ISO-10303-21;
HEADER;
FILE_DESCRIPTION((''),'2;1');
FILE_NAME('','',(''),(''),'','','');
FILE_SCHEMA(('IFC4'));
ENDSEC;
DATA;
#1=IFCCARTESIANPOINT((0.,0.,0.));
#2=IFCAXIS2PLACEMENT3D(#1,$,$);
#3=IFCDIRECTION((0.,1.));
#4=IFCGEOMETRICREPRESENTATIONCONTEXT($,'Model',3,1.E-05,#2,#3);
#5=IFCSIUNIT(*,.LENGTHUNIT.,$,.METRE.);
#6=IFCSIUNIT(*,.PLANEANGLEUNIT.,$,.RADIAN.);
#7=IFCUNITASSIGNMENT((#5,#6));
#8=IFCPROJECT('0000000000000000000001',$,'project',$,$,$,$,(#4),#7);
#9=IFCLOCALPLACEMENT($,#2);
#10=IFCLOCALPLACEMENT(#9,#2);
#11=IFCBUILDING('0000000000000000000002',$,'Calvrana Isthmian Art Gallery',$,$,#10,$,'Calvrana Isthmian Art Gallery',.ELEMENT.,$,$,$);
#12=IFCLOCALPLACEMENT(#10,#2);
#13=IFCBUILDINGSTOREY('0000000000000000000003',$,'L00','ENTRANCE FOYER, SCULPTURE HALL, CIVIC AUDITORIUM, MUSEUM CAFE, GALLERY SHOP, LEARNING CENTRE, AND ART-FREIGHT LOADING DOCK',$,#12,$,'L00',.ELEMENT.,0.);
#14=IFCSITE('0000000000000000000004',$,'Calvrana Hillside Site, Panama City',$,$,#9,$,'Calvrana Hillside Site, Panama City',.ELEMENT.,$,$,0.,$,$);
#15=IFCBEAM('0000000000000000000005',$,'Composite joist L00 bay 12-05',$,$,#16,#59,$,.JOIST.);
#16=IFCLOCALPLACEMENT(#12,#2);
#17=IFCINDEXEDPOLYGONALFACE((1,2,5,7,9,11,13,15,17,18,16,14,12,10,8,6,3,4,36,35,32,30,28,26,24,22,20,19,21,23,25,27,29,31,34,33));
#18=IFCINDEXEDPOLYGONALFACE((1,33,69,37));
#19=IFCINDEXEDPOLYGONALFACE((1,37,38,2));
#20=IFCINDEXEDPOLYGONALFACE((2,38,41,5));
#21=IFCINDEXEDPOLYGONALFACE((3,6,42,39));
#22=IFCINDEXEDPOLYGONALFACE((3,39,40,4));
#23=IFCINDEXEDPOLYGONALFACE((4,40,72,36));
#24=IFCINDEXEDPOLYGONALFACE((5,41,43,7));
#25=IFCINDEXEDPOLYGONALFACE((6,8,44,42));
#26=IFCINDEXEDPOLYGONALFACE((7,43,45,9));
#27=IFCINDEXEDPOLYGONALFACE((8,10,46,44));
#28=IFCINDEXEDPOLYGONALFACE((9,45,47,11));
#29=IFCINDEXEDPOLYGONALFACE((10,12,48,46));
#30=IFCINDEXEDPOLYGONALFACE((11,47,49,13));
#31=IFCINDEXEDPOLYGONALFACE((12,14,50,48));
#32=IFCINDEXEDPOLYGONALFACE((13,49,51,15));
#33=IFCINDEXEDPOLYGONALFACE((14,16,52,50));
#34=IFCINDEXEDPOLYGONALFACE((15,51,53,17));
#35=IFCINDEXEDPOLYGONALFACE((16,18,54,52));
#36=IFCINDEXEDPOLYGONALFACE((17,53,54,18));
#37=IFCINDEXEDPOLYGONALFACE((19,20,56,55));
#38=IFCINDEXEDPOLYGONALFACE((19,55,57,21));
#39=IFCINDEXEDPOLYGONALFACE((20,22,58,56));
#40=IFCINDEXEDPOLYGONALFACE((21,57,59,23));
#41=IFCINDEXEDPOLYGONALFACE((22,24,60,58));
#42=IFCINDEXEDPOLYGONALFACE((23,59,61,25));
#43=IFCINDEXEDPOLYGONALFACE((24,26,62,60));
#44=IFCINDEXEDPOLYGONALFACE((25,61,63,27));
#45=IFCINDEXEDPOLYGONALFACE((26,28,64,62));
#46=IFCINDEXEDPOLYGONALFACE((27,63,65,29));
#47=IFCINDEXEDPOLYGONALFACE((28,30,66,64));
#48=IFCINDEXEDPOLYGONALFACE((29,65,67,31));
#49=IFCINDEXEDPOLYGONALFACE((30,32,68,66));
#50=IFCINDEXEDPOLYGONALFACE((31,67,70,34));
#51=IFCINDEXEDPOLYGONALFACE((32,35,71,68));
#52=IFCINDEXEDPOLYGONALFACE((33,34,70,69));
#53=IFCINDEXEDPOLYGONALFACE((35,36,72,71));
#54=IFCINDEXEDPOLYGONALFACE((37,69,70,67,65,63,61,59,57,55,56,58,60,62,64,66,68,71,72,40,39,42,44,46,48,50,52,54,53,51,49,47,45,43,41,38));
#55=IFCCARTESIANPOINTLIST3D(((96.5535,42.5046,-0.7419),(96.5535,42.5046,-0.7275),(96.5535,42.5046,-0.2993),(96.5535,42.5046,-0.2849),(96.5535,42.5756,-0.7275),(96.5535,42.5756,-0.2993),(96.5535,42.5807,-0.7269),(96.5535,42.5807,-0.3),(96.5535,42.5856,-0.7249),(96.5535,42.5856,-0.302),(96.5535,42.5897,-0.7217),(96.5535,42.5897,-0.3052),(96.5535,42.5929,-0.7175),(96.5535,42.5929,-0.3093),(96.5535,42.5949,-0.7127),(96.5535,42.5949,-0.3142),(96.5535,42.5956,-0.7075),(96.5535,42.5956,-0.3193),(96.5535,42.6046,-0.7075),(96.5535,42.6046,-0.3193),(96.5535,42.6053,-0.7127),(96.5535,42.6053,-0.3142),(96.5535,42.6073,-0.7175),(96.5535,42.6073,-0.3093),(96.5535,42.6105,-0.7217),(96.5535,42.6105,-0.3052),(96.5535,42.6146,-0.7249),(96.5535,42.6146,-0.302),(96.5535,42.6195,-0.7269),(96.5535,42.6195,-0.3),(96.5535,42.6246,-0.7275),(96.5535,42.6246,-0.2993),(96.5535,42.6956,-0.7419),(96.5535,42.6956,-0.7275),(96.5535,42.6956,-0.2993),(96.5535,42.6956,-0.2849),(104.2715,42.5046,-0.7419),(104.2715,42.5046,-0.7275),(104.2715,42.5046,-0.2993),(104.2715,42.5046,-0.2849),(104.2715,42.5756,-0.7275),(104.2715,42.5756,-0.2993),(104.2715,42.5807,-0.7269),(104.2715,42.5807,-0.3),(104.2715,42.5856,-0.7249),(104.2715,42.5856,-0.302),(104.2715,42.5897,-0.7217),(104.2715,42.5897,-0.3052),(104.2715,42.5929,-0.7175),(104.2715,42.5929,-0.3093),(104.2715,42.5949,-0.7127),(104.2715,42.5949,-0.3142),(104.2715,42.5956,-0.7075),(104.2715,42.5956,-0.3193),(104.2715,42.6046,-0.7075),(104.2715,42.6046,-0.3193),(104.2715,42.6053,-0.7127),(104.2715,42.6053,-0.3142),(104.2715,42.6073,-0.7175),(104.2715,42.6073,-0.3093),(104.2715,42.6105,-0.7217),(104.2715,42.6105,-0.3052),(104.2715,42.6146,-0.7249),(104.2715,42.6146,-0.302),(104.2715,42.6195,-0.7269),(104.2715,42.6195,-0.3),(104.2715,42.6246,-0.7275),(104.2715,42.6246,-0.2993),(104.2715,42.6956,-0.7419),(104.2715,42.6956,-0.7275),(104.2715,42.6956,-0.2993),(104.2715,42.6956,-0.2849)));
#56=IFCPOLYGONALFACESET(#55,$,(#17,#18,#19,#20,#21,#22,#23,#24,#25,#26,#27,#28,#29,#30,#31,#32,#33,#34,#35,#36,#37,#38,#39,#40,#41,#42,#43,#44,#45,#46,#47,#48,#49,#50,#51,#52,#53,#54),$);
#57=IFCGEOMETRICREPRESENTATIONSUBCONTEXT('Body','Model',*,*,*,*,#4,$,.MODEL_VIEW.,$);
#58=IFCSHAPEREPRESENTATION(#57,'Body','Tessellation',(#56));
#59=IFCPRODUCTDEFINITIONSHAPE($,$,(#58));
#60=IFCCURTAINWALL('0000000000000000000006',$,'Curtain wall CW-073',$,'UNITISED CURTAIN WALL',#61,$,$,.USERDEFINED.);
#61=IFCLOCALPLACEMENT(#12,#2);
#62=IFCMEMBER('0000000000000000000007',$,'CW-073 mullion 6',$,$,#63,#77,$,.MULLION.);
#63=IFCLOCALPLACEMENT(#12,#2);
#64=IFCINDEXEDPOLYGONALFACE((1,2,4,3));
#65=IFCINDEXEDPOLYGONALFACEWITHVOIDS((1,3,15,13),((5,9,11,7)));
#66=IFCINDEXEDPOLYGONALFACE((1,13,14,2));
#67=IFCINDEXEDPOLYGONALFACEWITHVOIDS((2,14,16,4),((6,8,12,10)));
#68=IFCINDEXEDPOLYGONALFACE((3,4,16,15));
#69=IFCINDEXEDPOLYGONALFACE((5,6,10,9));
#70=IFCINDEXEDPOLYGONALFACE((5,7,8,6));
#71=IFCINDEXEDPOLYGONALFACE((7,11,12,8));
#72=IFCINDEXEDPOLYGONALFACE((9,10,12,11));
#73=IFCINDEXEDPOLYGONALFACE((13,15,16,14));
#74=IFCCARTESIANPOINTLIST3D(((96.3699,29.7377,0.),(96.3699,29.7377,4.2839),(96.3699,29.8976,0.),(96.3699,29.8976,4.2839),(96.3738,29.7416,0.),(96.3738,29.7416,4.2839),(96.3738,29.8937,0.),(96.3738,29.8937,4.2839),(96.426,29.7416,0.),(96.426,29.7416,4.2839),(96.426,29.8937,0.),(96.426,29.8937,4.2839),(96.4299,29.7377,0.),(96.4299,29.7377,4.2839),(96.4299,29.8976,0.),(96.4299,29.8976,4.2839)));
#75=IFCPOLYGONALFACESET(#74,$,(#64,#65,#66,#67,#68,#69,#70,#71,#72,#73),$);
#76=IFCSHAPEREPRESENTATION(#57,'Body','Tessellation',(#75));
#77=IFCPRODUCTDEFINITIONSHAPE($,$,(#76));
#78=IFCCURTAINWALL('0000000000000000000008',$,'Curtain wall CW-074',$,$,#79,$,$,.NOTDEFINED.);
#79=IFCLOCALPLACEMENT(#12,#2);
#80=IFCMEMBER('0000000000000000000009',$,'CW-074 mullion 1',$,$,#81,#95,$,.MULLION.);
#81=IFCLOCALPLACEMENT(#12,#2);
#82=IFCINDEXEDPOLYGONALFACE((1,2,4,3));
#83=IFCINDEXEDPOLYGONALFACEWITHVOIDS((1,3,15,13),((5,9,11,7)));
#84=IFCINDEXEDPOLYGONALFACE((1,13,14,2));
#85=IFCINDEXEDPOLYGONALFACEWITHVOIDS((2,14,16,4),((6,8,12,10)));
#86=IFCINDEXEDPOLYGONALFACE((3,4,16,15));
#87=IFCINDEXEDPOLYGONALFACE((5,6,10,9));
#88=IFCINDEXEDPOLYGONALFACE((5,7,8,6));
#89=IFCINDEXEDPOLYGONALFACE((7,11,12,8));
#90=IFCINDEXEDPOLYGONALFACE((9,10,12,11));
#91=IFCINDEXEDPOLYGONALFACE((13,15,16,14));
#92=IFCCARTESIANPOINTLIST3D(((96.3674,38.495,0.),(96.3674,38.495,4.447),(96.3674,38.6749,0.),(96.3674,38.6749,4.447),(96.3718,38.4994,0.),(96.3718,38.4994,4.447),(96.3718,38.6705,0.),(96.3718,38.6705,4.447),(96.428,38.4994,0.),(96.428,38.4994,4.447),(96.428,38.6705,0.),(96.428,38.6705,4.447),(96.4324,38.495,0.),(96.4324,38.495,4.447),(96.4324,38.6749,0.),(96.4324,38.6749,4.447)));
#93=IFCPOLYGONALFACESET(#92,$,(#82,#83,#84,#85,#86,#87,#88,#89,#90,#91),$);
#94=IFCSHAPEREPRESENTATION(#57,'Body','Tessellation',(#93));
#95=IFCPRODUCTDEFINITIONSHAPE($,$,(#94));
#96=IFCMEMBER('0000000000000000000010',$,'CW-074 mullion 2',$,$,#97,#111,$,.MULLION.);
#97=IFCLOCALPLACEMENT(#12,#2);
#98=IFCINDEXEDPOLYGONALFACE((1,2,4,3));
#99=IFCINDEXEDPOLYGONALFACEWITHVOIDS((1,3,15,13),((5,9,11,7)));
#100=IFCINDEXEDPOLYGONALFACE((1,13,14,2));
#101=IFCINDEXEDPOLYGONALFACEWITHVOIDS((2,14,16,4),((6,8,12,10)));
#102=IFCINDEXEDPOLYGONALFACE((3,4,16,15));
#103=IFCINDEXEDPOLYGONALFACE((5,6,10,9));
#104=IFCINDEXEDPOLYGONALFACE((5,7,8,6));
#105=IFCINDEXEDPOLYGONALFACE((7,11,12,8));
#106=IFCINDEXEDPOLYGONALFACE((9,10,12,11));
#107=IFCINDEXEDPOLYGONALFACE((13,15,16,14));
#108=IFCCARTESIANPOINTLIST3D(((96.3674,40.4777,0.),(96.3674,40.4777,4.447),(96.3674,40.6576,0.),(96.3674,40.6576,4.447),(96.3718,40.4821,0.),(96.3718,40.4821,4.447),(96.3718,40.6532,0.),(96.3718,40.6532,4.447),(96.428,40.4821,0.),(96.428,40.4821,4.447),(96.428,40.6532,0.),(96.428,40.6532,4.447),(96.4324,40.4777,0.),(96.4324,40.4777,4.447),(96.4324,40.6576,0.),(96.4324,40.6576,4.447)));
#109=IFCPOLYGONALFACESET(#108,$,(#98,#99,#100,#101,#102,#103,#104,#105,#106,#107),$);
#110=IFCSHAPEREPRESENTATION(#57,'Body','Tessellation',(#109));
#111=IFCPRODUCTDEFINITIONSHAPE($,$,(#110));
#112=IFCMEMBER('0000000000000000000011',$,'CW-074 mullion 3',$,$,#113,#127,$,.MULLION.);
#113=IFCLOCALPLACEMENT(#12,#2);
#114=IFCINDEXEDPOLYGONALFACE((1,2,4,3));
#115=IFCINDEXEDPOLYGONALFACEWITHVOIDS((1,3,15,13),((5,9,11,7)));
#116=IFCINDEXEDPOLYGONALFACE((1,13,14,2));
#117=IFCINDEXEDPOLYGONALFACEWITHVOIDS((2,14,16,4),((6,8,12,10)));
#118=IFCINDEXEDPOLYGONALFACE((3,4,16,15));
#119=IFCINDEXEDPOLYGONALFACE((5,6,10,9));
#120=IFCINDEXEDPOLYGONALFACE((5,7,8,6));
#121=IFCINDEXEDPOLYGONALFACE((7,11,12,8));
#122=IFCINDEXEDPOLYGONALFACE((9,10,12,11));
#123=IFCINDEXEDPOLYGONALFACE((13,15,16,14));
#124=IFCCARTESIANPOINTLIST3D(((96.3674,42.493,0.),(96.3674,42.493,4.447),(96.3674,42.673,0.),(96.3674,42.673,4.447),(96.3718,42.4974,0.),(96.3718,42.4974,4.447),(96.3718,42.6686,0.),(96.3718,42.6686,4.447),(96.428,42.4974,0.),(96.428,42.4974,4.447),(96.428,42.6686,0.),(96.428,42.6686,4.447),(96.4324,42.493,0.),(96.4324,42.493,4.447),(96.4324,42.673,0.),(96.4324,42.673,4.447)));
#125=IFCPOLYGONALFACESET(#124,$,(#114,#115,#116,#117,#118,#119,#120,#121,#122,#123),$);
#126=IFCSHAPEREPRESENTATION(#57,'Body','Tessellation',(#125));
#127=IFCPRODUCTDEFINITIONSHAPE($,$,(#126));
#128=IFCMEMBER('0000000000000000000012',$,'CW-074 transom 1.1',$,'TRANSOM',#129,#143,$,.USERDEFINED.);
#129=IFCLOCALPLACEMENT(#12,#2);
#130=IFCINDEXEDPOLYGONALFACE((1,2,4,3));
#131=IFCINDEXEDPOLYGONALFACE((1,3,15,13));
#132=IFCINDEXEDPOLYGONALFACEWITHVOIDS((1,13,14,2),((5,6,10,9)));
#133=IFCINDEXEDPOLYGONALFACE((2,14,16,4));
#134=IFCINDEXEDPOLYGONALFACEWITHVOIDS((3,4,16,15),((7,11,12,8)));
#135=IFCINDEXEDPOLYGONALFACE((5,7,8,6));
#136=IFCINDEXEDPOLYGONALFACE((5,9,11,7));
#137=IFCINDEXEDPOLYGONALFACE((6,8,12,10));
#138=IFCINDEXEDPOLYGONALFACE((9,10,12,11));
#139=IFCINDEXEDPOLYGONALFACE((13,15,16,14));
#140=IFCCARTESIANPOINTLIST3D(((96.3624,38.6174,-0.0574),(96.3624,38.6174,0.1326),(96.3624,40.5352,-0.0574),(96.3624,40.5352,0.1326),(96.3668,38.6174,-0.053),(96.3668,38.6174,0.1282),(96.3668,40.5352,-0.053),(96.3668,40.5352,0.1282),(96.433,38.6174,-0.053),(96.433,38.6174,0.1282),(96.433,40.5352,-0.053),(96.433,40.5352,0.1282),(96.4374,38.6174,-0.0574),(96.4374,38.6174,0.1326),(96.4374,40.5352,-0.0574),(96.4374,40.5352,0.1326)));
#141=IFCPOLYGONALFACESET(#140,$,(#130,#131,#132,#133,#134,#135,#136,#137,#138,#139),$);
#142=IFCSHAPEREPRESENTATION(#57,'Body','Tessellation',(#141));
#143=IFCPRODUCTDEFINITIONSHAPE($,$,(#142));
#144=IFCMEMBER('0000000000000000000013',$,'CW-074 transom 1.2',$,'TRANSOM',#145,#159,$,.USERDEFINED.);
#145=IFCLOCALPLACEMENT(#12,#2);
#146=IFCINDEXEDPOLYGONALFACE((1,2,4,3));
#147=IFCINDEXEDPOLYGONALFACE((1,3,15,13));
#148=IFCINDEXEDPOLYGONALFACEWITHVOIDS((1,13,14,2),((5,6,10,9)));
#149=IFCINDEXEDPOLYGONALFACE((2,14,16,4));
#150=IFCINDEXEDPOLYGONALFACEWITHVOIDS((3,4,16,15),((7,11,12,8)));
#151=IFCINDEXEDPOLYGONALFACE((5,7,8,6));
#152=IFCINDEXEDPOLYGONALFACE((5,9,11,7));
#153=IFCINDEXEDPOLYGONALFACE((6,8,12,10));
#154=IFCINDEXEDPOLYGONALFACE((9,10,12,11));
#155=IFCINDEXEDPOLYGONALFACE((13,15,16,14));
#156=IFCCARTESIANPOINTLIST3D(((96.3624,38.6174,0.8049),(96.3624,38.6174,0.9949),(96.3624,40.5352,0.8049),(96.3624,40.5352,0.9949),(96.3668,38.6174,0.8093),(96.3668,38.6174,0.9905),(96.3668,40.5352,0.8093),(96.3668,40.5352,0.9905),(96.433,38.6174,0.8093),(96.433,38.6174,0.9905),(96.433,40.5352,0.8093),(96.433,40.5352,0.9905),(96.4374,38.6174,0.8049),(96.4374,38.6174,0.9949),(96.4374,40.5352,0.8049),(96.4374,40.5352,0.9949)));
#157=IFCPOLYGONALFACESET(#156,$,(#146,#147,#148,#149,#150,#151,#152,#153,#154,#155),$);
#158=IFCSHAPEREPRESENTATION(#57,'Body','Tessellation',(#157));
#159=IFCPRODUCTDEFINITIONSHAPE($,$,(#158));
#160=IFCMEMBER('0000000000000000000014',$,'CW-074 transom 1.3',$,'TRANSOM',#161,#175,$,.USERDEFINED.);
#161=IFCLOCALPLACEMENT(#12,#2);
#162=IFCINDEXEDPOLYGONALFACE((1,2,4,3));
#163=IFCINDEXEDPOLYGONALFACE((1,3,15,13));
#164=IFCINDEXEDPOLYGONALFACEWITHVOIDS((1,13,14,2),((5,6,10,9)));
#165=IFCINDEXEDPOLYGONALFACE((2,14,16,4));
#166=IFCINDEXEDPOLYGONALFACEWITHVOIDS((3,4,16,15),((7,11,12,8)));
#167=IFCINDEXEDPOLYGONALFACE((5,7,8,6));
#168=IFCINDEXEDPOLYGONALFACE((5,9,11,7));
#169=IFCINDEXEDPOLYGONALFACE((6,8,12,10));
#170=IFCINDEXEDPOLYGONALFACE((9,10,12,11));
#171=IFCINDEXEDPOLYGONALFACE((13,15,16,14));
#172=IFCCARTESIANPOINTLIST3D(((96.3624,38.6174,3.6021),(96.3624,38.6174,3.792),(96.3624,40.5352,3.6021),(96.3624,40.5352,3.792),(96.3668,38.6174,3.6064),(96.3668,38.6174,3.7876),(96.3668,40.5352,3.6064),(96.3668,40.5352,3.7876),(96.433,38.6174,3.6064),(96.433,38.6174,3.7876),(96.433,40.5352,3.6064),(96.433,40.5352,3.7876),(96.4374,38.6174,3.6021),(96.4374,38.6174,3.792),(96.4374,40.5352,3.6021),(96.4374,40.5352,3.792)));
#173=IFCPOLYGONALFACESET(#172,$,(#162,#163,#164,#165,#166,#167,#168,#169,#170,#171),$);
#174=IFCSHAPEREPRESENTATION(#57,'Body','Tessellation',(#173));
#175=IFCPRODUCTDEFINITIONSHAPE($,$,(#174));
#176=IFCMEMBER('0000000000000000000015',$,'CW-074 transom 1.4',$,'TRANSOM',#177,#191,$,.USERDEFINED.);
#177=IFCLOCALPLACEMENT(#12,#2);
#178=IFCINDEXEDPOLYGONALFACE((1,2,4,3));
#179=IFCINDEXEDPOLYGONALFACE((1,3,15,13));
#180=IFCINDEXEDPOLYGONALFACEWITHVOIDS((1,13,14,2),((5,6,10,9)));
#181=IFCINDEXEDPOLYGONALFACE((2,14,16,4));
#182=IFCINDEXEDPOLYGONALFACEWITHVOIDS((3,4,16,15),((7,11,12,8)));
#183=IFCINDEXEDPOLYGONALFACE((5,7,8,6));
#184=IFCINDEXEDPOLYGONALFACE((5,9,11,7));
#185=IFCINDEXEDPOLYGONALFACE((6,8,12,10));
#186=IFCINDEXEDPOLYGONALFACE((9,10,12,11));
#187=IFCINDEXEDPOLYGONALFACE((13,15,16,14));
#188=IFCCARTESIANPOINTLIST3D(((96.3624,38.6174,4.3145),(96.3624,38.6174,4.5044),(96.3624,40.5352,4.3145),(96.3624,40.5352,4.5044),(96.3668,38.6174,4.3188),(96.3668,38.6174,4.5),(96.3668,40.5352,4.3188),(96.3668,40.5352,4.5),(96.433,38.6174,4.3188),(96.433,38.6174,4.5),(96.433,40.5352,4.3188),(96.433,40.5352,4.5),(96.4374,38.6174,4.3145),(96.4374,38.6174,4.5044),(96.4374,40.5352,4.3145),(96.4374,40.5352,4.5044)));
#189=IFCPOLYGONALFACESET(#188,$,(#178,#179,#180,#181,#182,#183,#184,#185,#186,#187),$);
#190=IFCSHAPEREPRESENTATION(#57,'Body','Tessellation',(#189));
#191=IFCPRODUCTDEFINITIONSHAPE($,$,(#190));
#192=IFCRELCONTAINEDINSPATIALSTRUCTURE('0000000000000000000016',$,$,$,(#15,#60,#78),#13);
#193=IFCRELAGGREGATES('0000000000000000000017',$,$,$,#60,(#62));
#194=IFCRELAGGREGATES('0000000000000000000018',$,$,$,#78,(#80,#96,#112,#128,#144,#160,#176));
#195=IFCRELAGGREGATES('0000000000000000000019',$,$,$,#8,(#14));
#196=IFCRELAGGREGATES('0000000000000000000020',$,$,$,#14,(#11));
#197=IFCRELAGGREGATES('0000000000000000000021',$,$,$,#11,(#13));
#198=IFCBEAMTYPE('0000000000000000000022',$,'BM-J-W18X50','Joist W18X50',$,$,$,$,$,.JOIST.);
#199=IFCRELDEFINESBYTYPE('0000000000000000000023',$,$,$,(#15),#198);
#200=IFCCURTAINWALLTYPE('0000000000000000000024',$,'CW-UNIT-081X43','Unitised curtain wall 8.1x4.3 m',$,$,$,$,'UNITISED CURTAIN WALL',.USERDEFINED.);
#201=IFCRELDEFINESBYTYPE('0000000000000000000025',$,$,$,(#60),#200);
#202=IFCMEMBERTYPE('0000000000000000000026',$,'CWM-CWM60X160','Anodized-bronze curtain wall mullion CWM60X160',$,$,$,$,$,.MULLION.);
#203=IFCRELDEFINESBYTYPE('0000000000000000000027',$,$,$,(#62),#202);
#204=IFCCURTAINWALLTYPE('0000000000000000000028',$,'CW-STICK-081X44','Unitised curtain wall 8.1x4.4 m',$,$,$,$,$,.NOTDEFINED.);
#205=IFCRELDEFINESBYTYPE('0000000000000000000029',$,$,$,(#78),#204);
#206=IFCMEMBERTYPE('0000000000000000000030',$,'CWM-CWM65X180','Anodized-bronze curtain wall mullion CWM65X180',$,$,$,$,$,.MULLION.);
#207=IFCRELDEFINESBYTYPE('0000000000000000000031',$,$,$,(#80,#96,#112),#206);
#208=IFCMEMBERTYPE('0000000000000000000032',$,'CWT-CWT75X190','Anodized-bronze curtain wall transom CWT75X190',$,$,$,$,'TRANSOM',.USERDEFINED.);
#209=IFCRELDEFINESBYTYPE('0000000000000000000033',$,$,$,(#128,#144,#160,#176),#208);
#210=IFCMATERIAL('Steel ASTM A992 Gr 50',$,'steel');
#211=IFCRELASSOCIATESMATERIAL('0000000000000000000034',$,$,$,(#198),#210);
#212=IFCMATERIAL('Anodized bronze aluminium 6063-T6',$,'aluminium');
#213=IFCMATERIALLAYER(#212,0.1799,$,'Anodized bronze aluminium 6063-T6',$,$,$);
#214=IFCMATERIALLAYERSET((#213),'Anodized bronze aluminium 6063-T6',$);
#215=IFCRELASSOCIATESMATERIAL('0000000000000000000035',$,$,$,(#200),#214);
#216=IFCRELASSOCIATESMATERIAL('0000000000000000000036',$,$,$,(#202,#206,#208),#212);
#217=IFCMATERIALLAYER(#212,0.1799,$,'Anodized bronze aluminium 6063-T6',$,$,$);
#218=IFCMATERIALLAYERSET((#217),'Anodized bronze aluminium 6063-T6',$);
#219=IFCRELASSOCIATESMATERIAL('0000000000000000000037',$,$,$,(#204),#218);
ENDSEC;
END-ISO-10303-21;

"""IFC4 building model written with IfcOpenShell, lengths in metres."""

from ifc_helpers import new_model, si_unit, direction, frame, origin, origin_2d, place, context, subcontext, project, spatial, hollow_rectangle, i_section, extrude, material, layer, layer_set, material_profile, profile_set, type_object, element, aggregate, save


model = new_model("IFC4")

# Units and contexts
model_context = context("Model", 3, precision=1e-05, world=origin(), true_north=direction((0.0, 1.0)))
body_context = subcontext(model_context, "Body", "Model", "MODEL_VIEW")
ifc_project = project(units=[si_unit("LENGTHUNIT", "METRE"), si_unit("PLANEANGLEUNIT", "RADIAN")], contexts=[model_context])

# Site, building, storey
site_placement = place(None, origin())
site = spatial("IfcSite", under=ifc_project, at=site_placement, Name="Calvrana Hillside Site, Panama City", LongName="Calvrana Hillside Site, Panama City", CompositionType="ELEMENT", RefElevation=0.0)
building_placement = place(site_placement, origin())
building = spatial("IfcBuilding", under=site, at=building_placement, Name="Calvrana Isthmian Art Gallery", LongName="Calvrana Isthmian Art Gallery", CompositionType="ELEMENT")
storey_placement = place(building_placement, origin())
storey = spatial("IfcBuildingStorey", under=building, at=storey_placement, Name="L00", Description="ENTRANCE FOYER, SCULPTURE HALL, CIVIC AUDITORIUM, MUSEUM CAFE, GALLERY SHOP, LEARNING CENTRE, AND ART-FREIGHT LOADING DOCK", LongName="L00", CompositionType="ELEMENT", Elevation=0.0)

# Beam
ifc_material_1 = material(Name="Steel ASTM A992 Gr 50", Category="steel")
ifc_material_profile_1 = material_profile(ifc_material_1, i_section(OverallWidth=0.1909, OverallDepth=0.457, WebThickness=0.009, FlangeThickness=0.0144, FilletRadius=0.02, at=origin_2d()), Name="W18X50")
ifc_profile_set_1 = profile_set([ifc_material_profile_1], Name="Steel ASTM A992 Gr 50")
beam_type_1 = type_object("IfcBeamType", Name="BM-J-W18X50", Description="Joist W18X50", PredefinedType="JOIST", material=ifc_profile_set_1)
beam_1_placement = place(storey_placement, frame((96.5535, 42.6001, -0.5134), z_axis=(1.0, 0.0, 0.0), x_axis=(0.0, 1.0, 0.0)))
element("IfcBeam", 1, at=beam_1_placement, inside=storey, type_object=beam_type_1, Name="Composite joist L00 bay 12-05", PredefinedType="JOIST", context=body_context, shape_type="SweptSolid", body=[
    extrude(i_section(OverallWidth=0.1909, OverallDepth=0.457, WebThickness=0.009, FlangeThickness=0.0144, FilletRadius=0.02, at=origin_2d()), origin(), (0.0, 0.0, 1.0), 7.718),
])

# Curtain wall, member
ifc_material_2 = material(Name="Anodized bronze aluminium 6063-T6", Category="aluminium")
ifc_layer_1 = layer(ifc_material_2, 0.1799, Name="Anodized bronze aluminium 6063-T6")
ifc_layer_set_1 = layer_set([ifc_layer_1], Name="Anodized bronze aluminium 6063-T6")
curtain_wall_type_1 = type_object("IfcCurtainWallType", Name="CW-UNIT-081X43", Description="Unitised curtain wall 8.1x4.3 m", ElementType="UNITISED CURTAIN WALL", PredefinedType="USERDEFINED", material=ifc_layer_set_1)
curtain_wall_1_placement = place(storey_placement, origin())
curtain_wall_1 = element("IfcCurtainWall", 2, at=curtain_wall_1_placement, inside=storey, type_object=curtain_wall_type_1, Name="Curtain wall CW-073", ObjectType="UNITISED CURTAIN WALL", PredefinedType="USERDEFINED")
ifc_material_profile_2 = material_profile(ifc_material_2, hollow_rectangle(XDim=0.0601, YDim=0.1599, WallThickness=0.0039, at=origin_2d()), Name="CWM60X160")
ifc_profile_set_2 = profile_set([ifc_material_profile_2], Name="Anodized bronze aluminium 6063-T6")
member_type_1 = type_object("IfcMemberType", Name="CWM-CWM60X160", Description="Anodized-bronze curtain wall mullion CWM60X160", PredefinedType="MULLION", material=ifc_profile_set_2)
member_1_placement = place(storey_placement, frame((96.3999, 29.8176, 0.0), z_axis=(0.0, 0.0, 1.0), x_axis=(-1.0, 0.0, 0.0)))
member_1 = element("IfcMember", 3, at=member_1_placement, type_object=member_type_1, Name="CW-073 mullion 6", PredefinedType="MULLION", context=body_context, shape_type="SweptSolid", body=[
    extrude(hollow_rectangle(XDim=0.0601, YDim=0.1599, WallThickness=0.0039, at=origin_2d()), origin(), (0.0, 0.0, 1.0), 4.2839),
])
aggregate(curtain_wall_1, [member_1])

# Curtain wall, members
ifc_layer_2 = layer(ifc_material_2, 0.1799, Name="Anodized bronze aluminium 6063-T6")
ifc_layer_set_2 = layer_set([ifc_layer_2], Name="Anodized bronze aluminium 6063-T6")
curtain_wall_type_2 = type_object("IfcCurtainWallType", Name="CW-STICK-081X44", Description="Unitised curtain wall 8.1x4.4 m", PredefinedType="NOTDEFINED", material=ifc_layer_set_2)
curtain_wall_2_placement = place(storey_placement, origin())
curtain_wall_2 = element("IfcCurtainWall", 4, at=curtain_wall_2_placement, inside=storey, type_object=curtain_wall_type_2, Name="Curtain wall CW-074", PredefinedType="NOTDEFINED")
ifc_material_profile_3 = material_profile(ifc_material_2, hollow_rectangle(XDim=0.0649, YDim=0.1799, WallThickness=0.0044, at=origin_2d()), Name="CWM65X180")
ifc_profile_set_3 = profile_set([ifc_material_profile_3], Name="Anodized bronze aluminium 6063-T6")
member_type_2 = type_object("IfcMemberType", Name="CWM-CWM65X180", Description="Anodized-bronze curtain wall mullion CWM65X180", PredefinedType="MULLION", material=ifc_profile_set_3)
member_2_placement = place(storey_placement, frame((96.3999, 38.585, 0.0), z_axis=(0.0, 0.0, 1.0), x_axis=(-1.0, 0.0, 0.0)))
member_2 = element("IfcMember", 5, at=member_2_placement, type_object=member_type_2, Name="CW-074 mullion 1", PredefinedType="MULLION", context=body_context, shape_type="SweptSolid", body=[
    extrude(hollow_rectangle(XDim=0.0649, YDim=0.1799, WallThickness=0.0044, at=origin_2d()), origin(), (0.0, 0.0, 1.0), 4.447),
])
member_3_placement = place(storey_placement, frame((96.3999, 40.5676, 0.0), z_axis=(0.0, 0.0, 1.0), x_axis=(-1.0, 0.0, 0.0)))
member_3 = element("IfcMember", 6, at=member_3_placement, type_object=member_type_2, Name="CW-074 mullion 2", PredefinedType="MULLION", context=body_context, shape_type="SweptSolid", body=[
    extrude(hollow_rectangle(XDim=0.0649, YDim=0.1799, WallThickness=0.0044, at=origin_2d()), origin(), (0.0, 0.0, 1.0), 4.447),
])
member_4_placement = place(storey_placement, frame((96.3999, 42.583, 0.0), z_axis=(0.0, 0.0, 1.0), x_axis=(-1.0, 0.0, 0.0)))
member_4 = element("IfcMember", 7, at=member_4_placement, type_object=member_type_2, Name="CW-074 mullion 3", PredefinedType="MULLION", context=body_context, shape_type="SweptSolid", body=[
    extrude(hollow_rectangle(XDim=0.0649, YDim=0.1799, WallThickness=0.0044, at=origin_2d()), origin(), (0.0, 0.0, 1.0), 4.447),
])
ifc_material_profile_4 = material_profile(ifc_material_2, hollow_rectangle(XDim=0.075, YDim=0.1899, WallThickness=0.0044, at=origin_2d()), Name="CWT75X190")
ifc_profile_set_4 = profile_set([ifc_material_profile_4], Name="Anodized bronze aluminium 6063-T6")
member_type_3 = type_object("IfcMemberType", Name="CWT-CWT75X190", Description="Anodized-bronze curtain wall transom CWT75X190", ElementType="TRANSOM", PredefinedType="USERDEFINED", material=ifc_profile_set_4)
member_5_placement = place(storey_placement, frame((96.3999, 38.6174, 0.0376), z_axis=(0.0, 1.0, 0.0), x_axis=(-1.0, 0.0, 0.0)))
member_5 = element("IfcMember", 8, at=member_5_placement, type_object=member_type_3, Name="CW-074 transom 1.1", ObjectType="TRANSOM", PredefinedType="USERDEFINED", context=body_context, shape_type="SweptSolid", body=[
    extrude(hollow_rectangle(XDim=0.075, YDim=0.1899, WallThickness=0.0044, at=origin_2d()), origin(), (0.0, 0.0, 1.0), 1.9177),
])
member_6_placement = place(storey_placement, frame((96.3999, 38.6174, 0.8999), z_axis=(0.0, 1.0, 0.0), x_axis=(-1.0, 0.0, 0.0)))
member_6 = element("IfcMember", 9, at=member_6_placement, type_object=member_type_3, Name="CW-074 transom 1.2", ObjectType="TRANSOM", PredefinedType="USERDEFINED", context=body_context, shape_type="SweptSolid", body=[
    extrude(hollow_rectangle(XDim=0.075, YDim=0.1899, WallThickness=0.0044, at=origin_2d()), origin(), (0.0, 0.0, 1.0), 1.9177),
])
member_7_placement = place(storey_placement, frame((96.3999, 38.6174, 3.697), z_axis=(0.0, 1.0, 0.0), x_axis=(-1.0, 0.0, 0.0)))
member_7 = element("IfcMember", 10, at=member_7_placement, type_object=member_type_3, Name="CW-074 transom 1.3", ObjectType="TRANSOM", PredefinedType="USERDEFINED", context=body_context, shape_type="SweptSolid", body=[
    extrude(hollow_rectangle(XDim=0.075, YDim=0.1899, WallThickness=0.0044, at=origin_2d()), origin(), (0.0, 0.0, 1.0), 1.9177),
])
member_8_placement = place(storey_placement, frame((96.3999, 38.6174, 4.4094), z_axis=(0.0, 1.0, 0.0), x_axis=(-1.0, 0.0, 0.0)))
member_8 = element("IfcMember", 11, at=member_8_placement, type_object=member_type_3, Name="CW-074 transom 1.4", ObjectType="TRANSOM", PredefinedType="USERDEFINED", context=body_context, shape_type="SweptSolid", body=[
    extrude(hollow_rectangle(XDim=0.075, YDim=0.1899, WallThickness=0.0044, at=origin_2d()), origin(), (0.0, 0.0, 1.0), 1.9177),
])
aggregate(curtain_wall_2, [member_2, member_3, member_4, member_5, member_6, member_7, member_8])

save(model, "model.ifc")
